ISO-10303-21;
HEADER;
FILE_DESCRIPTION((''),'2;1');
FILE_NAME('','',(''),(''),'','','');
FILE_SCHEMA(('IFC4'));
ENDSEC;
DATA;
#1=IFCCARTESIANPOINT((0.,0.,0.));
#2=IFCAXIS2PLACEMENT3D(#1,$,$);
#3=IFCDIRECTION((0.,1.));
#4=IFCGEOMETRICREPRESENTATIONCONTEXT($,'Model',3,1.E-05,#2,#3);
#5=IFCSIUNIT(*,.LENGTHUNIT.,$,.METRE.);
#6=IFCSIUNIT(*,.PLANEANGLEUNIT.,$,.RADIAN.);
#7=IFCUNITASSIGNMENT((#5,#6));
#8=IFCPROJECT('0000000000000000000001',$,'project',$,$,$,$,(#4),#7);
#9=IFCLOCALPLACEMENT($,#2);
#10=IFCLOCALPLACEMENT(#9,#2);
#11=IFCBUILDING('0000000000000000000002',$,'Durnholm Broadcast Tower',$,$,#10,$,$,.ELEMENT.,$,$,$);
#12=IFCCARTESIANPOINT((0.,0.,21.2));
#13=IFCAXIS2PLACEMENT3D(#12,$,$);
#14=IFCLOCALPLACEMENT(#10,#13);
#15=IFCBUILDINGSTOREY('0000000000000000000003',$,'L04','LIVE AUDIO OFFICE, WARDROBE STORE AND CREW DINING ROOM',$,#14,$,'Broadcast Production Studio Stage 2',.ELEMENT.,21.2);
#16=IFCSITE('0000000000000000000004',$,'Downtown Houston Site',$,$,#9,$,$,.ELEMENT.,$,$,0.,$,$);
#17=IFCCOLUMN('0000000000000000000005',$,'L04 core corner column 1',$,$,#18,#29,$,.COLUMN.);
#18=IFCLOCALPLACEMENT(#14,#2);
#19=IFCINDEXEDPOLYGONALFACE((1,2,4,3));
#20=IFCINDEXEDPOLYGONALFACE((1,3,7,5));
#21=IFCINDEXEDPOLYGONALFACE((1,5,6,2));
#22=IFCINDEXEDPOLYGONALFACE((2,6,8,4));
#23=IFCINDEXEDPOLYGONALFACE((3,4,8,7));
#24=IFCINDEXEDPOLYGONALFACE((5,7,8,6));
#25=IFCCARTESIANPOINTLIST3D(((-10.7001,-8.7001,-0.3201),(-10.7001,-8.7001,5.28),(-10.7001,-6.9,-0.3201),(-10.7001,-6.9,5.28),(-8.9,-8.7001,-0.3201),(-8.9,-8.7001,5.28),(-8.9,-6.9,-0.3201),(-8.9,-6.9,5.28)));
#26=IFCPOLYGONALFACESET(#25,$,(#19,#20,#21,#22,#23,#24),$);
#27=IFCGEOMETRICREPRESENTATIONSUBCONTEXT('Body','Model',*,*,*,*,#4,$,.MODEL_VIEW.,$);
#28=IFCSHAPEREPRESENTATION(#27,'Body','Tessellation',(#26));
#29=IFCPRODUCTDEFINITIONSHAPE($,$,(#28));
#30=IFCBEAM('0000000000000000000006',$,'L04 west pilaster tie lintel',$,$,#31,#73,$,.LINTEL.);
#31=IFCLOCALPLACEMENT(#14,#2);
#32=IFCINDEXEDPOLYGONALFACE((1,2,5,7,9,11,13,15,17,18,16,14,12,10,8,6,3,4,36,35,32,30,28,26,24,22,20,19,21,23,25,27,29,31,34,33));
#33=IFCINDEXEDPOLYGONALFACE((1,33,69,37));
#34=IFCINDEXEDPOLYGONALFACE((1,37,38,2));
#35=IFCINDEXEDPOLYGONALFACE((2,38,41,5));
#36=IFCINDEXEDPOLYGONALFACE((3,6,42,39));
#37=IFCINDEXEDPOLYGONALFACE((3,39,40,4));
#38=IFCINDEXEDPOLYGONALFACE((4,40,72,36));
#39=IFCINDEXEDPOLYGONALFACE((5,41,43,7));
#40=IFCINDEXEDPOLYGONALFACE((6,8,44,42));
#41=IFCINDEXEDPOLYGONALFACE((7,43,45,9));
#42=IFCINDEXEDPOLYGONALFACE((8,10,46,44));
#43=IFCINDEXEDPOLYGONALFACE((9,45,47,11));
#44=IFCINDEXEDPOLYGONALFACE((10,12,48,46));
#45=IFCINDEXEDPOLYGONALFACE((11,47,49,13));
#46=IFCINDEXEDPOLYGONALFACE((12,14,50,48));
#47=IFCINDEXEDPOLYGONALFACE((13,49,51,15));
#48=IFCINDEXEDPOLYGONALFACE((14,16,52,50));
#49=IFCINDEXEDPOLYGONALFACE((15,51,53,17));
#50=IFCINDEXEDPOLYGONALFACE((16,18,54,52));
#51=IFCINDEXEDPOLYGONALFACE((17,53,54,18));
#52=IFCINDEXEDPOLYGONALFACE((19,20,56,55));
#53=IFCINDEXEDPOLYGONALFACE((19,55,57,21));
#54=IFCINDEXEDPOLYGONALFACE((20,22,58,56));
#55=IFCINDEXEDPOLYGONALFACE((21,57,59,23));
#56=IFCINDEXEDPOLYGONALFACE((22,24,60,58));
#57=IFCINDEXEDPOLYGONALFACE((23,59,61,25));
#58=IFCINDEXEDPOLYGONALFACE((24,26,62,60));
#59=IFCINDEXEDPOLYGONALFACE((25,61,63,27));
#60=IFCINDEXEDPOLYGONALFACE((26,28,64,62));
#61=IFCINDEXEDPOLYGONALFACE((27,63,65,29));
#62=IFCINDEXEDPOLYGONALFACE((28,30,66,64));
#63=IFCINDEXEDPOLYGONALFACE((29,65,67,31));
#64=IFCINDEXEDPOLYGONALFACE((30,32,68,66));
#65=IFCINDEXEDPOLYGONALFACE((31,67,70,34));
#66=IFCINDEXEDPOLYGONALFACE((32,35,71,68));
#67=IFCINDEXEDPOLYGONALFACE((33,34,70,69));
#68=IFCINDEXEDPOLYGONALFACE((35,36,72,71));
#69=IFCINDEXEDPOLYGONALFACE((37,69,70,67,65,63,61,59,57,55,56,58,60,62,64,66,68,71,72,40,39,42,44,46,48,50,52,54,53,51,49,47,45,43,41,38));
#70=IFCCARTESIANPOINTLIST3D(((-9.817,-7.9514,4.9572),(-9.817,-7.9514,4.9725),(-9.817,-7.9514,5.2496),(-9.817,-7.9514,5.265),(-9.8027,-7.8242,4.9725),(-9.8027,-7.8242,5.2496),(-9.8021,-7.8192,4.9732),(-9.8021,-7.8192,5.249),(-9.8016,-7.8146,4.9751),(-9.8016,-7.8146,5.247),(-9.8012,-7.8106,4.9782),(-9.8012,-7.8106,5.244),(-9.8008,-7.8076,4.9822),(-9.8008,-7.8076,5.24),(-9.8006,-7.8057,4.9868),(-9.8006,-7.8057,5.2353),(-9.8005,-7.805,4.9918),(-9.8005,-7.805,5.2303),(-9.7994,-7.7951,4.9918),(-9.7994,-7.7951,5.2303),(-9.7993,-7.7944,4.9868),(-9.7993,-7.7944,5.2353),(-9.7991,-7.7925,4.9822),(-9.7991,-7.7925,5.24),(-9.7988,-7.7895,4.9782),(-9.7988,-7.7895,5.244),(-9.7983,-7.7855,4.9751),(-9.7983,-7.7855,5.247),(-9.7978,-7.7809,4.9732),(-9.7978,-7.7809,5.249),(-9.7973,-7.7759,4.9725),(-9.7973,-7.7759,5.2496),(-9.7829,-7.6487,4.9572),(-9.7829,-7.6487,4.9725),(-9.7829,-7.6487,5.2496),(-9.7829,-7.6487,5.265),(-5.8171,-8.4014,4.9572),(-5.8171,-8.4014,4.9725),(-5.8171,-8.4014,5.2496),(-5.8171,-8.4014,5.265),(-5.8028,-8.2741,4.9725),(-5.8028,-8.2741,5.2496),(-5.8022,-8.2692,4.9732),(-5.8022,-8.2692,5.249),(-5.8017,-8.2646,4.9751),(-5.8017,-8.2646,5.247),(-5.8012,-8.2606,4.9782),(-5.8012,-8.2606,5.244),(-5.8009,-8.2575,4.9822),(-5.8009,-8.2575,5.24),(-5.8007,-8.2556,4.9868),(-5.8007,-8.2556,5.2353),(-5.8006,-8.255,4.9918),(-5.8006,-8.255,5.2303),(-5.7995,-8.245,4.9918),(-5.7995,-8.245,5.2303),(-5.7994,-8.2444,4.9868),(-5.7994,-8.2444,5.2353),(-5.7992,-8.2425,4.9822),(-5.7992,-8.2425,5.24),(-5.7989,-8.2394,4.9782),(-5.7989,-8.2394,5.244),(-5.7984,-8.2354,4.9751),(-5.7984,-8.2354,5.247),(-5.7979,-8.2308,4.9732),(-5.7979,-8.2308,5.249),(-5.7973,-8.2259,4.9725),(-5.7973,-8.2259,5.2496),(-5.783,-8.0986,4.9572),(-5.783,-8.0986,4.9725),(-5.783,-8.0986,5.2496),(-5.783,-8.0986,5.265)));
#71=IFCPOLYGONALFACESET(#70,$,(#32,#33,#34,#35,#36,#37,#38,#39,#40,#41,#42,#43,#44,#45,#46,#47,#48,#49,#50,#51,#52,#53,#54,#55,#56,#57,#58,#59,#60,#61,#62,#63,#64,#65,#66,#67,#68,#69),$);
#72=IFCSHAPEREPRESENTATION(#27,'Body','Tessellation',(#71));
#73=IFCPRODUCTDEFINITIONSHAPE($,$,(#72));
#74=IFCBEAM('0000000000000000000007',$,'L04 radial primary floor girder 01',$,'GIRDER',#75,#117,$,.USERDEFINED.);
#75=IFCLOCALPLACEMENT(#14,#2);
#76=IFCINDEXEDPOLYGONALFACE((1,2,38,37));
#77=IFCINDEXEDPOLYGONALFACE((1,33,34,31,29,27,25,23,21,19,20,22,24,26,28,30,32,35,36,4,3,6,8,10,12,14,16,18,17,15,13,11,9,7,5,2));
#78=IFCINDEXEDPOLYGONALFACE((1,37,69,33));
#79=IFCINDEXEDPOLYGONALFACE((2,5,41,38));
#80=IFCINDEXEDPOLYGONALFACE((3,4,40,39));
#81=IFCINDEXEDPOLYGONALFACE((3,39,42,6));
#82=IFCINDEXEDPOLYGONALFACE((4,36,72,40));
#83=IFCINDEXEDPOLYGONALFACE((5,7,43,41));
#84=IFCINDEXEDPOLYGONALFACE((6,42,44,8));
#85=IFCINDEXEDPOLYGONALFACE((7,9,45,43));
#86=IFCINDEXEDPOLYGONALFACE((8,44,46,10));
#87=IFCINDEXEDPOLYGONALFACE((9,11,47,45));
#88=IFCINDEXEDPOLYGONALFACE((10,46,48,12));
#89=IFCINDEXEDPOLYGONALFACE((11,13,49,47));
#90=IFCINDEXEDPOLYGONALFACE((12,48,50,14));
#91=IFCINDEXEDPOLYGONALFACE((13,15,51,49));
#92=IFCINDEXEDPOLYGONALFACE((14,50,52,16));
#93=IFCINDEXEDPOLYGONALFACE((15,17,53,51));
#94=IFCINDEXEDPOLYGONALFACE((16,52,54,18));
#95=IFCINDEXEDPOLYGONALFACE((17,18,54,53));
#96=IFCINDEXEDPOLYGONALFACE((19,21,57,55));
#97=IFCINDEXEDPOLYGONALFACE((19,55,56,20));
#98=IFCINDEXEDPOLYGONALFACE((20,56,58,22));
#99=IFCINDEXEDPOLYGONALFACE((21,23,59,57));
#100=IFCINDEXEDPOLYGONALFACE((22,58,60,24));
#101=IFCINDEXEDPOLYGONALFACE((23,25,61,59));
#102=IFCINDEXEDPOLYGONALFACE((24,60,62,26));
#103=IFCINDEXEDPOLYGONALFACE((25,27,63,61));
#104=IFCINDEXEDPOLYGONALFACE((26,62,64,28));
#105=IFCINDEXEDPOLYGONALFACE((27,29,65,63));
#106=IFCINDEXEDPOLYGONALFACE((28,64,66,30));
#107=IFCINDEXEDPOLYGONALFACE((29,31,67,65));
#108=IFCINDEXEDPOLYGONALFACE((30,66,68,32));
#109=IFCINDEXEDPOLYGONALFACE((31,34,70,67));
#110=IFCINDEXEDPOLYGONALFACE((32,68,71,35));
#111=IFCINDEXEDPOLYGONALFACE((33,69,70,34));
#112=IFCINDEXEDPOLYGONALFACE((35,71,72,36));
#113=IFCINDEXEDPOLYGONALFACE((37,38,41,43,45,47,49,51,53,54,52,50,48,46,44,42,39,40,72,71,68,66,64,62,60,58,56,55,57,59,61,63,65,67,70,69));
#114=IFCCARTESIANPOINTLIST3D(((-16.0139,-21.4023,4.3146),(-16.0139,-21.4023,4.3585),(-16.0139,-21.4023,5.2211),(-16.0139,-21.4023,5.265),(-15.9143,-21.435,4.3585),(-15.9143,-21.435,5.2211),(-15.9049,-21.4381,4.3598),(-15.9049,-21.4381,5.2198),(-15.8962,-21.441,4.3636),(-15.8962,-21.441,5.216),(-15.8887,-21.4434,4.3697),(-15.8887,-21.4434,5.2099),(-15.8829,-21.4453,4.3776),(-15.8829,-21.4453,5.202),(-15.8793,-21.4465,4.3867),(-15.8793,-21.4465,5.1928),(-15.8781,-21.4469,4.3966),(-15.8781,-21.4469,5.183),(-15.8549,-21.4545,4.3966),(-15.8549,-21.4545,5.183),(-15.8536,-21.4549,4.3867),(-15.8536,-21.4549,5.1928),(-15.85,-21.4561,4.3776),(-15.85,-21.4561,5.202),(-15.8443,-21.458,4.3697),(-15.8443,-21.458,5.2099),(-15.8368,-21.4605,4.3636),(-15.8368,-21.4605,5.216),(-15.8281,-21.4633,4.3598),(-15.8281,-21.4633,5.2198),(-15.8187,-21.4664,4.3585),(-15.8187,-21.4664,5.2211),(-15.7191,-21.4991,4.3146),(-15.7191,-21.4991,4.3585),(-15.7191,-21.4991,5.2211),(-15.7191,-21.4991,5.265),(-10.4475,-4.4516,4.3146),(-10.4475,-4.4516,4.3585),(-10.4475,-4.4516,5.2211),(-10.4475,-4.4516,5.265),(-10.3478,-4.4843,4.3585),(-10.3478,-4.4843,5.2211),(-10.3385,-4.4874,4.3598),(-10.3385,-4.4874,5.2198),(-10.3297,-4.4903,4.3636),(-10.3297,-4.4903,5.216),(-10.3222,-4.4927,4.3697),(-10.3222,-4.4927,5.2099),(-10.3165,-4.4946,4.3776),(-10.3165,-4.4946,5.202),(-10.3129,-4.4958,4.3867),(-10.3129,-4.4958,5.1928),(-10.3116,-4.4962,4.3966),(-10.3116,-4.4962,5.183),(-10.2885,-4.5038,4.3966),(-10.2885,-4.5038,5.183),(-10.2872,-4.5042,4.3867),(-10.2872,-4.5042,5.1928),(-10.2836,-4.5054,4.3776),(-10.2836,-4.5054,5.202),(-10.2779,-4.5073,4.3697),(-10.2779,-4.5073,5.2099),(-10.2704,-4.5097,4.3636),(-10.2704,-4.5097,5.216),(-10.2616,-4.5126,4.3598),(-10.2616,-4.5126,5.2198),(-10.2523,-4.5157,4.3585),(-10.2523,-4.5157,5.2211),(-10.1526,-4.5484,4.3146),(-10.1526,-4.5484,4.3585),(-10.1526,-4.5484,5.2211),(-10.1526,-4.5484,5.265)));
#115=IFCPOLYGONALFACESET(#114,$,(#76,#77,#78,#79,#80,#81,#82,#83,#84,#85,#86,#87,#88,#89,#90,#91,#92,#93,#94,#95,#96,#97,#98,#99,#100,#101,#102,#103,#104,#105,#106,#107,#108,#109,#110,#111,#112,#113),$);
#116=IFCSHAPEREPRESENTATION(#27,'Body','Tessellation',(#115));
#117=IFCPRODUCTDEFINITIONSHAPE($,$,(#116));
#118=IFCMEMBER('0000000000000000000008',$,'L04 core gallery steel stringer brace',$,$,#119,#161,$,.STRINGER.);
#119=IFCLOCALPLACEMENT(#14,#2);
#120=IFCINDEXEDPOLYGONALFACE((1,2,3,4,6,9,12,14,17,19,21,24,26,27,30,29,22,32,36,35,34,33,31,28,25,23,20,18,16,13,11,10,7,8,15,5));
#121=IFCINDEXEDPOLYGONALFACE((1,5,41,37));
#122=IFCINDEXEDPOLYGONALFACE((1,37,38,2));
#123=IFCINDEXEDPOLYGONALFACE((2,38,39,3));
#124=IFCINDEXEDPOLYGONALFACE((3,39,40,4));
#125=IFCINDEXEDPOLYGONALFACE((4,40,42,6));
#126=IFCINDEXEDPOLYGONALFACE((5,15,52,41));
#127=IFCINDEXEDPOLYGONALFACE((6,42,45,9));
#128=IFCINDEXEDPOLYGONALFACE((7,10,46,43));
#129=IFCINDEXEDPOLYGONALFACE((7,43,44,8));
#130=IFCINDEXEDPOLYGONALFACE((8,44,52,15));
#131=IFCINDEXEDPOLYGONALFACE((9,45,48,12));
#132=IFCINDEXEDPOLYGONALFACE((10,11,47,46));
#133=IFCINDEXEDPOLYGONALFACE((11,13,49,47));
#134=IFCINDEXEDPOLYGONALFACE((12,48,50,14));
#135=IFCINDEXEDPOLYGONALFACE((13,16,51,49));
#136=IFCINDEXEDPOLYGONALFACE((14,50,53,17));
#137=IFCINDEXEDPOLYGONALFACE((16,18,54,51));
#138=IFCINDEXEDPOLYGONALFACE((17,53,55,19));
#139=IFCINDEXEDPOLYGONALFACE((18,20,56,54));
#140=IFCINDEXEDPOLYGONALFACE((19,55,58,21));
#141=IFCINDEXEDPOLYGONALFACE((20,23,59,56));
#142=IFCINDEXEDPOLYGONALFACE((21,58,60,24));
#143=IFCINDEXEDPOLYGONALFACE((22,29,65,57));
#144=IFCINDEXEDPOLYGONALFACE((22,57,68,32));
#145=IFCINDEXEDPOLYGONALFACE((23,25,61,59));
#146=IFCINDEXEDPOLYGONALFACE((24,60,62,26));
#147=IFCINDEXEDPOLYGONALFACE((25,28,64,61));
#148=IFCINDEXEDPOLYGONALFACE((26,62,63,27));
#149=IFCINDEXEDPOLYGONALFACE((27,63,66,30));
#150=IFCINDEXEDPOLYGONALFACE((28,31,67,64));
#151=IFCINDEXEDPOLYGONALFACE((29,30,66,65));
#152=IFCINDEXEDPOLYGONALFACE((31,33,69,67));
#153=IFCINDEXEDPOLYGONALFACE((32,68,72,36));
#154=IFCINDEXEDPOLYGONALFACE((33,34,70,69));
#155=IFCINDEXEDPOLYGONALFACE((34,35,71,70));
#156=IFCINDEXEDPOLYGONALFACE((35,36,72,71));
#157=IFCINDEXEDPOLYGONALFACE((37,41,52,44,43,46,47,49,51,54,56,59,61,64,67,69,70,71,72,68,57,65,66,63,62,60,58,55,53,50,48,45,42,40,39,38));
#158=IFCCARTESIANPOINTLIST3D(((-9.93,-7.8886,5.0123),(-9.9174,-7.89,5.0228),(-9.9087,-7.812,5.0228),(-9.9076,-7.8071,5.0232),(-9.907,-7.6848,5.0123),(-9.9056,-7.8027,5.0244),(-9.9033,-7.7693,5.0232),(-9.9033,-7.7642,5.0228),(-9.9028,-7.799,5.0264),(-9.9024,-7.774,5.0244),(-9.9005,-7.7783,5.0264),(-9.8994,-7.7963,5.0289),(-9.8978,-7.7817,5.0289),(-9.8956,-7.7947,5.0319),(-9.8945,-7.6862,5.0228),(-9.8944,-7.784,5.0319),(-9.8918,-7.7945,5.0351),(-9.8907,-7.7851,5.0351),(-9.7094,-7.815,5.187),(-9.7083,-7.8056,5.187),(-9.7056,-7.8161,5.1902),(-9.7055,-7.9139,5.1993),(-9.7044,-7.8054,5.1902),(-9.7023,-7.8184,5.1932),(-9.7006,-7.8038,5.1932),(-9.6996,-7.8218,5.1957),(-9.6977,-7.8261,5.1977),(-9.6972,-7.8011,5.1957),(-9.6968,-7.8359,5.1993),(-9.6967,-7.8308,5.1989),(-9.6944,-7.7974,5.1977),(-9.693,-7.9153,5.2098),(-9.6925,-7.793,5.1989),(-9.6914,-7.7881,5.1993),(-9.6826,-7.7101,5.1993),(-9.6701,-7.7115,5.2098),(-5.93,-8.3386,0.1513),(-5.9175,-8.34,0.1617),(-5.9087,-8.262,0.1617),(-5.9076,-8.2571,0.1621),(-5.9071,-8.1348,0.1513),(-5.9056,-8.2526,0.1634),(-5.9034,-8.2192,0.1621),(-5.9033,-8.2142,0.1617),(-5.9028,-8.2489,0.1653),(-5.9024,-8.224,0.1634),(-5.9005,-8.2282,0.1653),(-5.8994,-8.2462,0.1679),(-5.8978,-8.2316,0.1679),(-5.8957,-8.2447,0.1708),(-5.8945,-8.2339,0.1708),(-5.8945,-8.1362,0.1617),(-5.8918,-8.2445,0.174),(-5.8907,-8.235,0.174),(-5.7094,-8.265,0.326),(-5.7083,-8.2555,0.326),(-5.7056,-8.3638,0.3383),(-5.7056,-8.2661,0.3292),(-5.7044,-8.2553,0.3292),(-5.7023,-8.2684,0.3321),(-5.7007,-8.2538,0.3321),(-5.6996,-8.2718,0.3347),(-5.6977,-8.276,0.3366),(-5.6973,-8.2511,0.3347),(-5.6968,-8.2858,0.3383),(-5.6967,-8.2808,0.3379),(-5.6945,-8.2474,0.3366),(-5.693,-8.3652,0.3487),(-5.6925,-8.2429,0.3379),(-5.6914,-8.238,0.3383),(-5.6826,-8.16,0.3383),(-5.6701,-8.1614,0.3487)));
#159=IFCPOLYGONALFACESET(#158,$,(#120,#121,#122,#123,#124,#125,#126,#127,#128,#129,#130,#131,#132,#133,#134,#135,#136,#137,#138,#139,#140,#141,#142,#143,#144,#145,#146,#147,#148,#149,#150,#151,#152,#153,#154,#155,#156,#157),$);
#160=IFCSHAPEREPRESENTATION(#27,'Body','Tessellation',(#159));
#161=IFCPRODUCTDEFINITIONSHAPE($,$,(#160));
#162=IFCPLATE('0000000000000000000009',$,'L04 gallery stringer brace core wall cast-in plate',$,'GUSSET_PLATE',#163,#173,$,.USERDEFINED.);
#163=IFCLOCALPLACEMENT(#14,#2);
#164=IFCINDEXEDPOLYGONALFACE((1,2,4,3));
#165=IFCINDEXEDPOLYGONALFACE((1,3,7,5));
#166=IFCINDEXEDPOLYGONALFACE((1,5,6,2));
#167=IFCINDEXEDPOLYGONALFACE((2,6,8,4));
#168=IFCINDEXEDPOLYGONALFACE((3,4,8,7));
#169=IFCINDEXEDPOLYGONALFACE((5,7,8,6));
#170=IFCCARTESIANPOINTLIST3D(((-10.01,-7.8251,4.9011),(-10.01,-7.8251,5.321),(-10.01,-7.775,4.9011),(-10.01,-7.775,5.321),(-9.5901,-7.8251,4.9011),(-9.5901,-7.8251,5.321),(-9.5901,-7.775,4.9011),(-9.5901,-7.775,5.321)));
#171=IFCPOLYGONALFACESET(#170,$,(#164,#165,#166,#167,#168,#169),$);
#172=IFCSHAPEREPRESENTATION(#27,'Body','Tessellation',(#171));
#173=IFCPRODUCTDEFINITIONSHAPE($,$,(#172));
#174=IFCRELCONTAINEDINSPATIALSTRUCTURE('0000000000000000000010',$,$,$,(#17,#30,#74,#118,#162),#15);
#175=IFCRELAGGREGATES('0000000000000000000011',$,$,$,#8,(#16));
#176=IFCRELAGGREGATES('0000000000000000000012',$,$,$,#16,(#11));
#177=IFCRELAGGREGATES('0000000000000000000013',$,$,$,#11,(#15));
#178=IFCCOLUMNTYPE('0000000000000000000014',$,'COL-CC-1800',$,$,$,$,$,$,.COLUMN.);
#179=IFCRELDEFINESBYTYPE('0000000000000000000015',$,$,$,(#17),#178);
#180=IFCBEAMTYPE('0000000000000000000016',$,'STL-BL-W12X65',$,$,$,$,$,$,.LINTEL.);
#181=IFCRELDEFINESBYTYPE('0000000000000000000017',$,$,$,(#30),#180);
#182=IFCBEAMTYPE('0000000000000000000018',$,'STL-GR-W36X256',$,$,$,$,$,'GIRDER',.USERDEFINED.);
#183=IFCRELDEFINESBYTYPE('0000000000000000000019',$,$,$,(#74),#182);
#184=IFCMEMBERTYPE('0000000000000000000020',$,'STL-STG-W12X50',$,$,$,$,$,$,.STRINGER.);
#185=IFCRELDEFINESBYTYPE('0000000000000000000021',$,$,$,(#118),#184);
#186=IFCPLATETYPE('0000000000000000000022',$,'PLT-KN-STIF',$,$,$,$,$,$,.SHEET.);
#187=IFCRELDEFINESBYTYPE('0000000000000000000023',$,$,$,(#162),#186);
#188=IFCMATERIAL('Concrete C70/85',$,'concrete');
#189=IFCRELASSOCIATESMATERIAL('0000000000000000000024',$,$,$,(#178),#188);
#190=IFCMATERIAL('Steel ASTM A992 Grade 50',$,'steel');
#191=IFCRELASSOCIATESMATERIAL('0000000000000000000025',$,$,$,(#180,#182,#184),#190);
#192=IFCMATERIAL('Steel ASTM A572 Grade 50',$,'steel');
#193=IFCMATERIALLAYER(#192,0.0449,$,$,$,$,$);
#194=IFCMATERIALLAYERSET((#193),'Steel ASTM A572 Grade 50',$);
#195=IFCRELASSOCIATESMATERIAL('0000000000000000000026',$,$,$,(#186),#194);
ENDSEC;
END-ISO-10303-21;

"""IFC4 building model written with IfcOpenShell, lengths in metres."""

from ifc_helpers import new_model, si_unit, direction, frame, origin, origin_2d, place, context, subcontext, project, spatial, rectangle, i_section, extrude, source, transform, mapped, material, layer, layer_set, material_profile, profile_set, type_object, type_shapes, element, save


model = new_model("IFC4")

# Units and contexts
model_context = context("Model", 3, precision=1e-05, world=origin(), true_north=direction((0.0, 1.0)))
body_context = subcontext(model_context, "Body", "Model", "MODEL_VIEW")
ifc_project = project(units=[si_unit("LENGTHUNIT", "METRE"), si_unit("PLANEANGLEUNIT", "RADIAN")], contexts=[model_context])

# Site, building, storey
site_placement = place(None, origin())
site = spatial("IfcSite", under=ifc_project, at=site_placement, Name="Downtown Houston Site", CompositionType="ELEMENT", RefElevation=0.0)
building_placement = place(site_placement, origin())
building = spatial("IfcBuilding", under=site, at=building_placement, Name="Durnholm Broadcast Tower", CompositionType="ELEMENT")
storey_placement = place(building_placement, frame((0.0, 0.0, 21.2)))
storey = spatial("IfcBuildingStorey", under=building, at=storey_placement, Name="L04", Description="LIVE AUDIO OFFICE, WARDROBE STORE AND CREW DINING ROOM", LongName="Broadcast Production Studio Stage 2", CompositionType="ELEMENT", Elevation=21.2)

# Column
ifc_material_1 = material(Name="Concrete C70/85", Category="concrete")
ifc_material_profile_1 = material_profile(ifc_material_1, rectangle(XDim=1.8, YDim=1.8, at=origin_2d()), Name="RC1800X1800")
ifc_profile_set_1 = profile_set([ifc_material_profile_1], Name="Concrete C70/85")
column_type = type_object("IfcColumnType", Name="COL-CC-1800", PredefinedType="COLUMN", material=ifc_profile_set_1)
shared_shape_1 = source(origin(), body_context, "Body", "SweptSolid", [
    extrude(rectangle(XDim=1.8, YDim=1.8, at=origin_2d()), origin(), (0.0, 0.0, 1.0), 5.6001),
])
type_shapes(column_type, [shared_shape_1])
column_placement = place(storey_placement, frame((-9.8, -7.8, -0.3201), z_axis=(0.0, 0.0, 1.0), x_axis=(1.0, 0.0, 0.0)))
element("IfcColumn", 1, at=column_placement, inside=storey, type_object=column_type, Name="L04 core corner column 1", PredefinedType="COLUMN", context=body_context, shape_type="MappedRepresentation", body=[
    mapped(shared_shape_1, transform((0.0, 0.0, 0.0), x_axis=(1.0, 0.0, 0.0), y_axis=(0.0, 1.0, 0.0), z_axis=(0.0, 0.0, 1.0), scale=1.0)),
])

# Beams
ifc_material_2 = material(Name="Steel ASTM A992 Grade 50", Category="steel")
ifc_material_profile_2 = material_profile(ifc_material_2, i_section(OverallWidth=0.3047, OverallDepth=0.3079, WebThickness=0.01, FlangeThickness=0.0154, FilletRadius=0.0193, at=origin_2d()), Name="W12X65")
ifc_profile_set_2 = profile_set([ifc_material_profile_2], Name="Steel ASTM A992 Grade 50")
beam_type_1 = type_object("IfcBeamType", Name="STL-BL-W12X65", PredefinedType="LINTEL", material=ifc_profile_set_2)
shared_shape_2 = source(origin(), body_context, "Body", "SweptSolid", [
    extrude(i_section(OverallWidth=0.3047, OverallDepth=0.3079, WebThickness=0.01, FlangeThickness=0.0154, FilletRadius=0.0193, at=origin_2d()), origin(), (0.0, 0.0, 1.0), 4.0251),
])
type_shapes(beam_type_1, [shared_shape_2])
beam_1_placement = place(storey_placement, frame((-5.8, -8.25, 5.1111), z_axis=(-0.993733, 0.111783, 0.0), x_axis=(-0.111783, -0.993733, 0.0)))
element("IfcBeam", 2, at=beam_1_placement, inside=storey, type_object=beam_type_1, Name="L04 west pilaster tie lintel", PredefinedType="LINTEL", context=body_context, shape_type="MappedRepresentation", body=[
    mapped(shared_shape_2, transform((0.0, 0.0, 0.0), x_axis=(1.0, 0.0, 0.0), y_axis=(0.0, 1.0, 0.0), z_axis=(0.0, 0.0, 1.0), scale=1.0)),
])
ifc_material_profile_3 = material_profile(ifc_material_2, i_section(OverallWidth=0.3103, OverallDepth=0.9504, WebThickness=0.0244, FlangeThickness=0.0439, FilletRadius=0.0381, at=origin_2d()), Name="W36X256")
ifc_profile_set_3 = profile_set([ifc_material_profile_3], Name="Steel ASTM A992 Grade 50")
beam_type_2 = type_object("IfcBeamType", Name="STL-GR-W36X256", ElementType="GIRDER", PredefinedType="USERDEFINED", material=ifc_profile_set_3)
shared_shape_3 = source(origin(), body_context, "Body", "SweptSolid", [
    extrude(i_section(OverallWidth=0.3103, OverallDepth=0.9504, WebThickness=0.0244, FlangeThickness=0.0439, FilletRadius=0.0381, at=origin_2d()), origin(), (0.0, 0.0, 1.0), 17.8413),
])
type_shapes(beam_type_2, [shared_shape_3])
beam_2_placement = place(storey_placement, frame((-10.3, -4.5, 4.7898), z_axis=(-0.311996, -0.950083, 0.0), x_axis=(0.950083, -0.311996, 0.0)))
element("IfcBeam", 3, at=beam_2_placement, inside=storey, type_object=beam_type_2, Name="L04 radial primary floor girder 01", ObjectType="GIRDER", PredefinedType="USERDEFINED", context=body_context, shape_type="MappedRepresentation", body=[
    mapped(shared_shape_3, transform((0.0, 0.0, 0.0), x_axis=(1.0, 0.0, 0.0), y_axis=(0.0, 1.0, 0.0), z_axis=(0.0, 0.0, 1.0), scale=1.0)),
])

# Member
ifc_material_profile_4 = material_profile(ifc_material_2, i_section(OverallWidth=0.2051, OverallDepth=0.3096, WebThickness=0.0095, FlangeThickness=0.0164, FilletRadius=0.0193, at=origin_2d()), Name="W12X50")
ifc_profile_set_4 = profile_set([ifc_material_profile_4], Name="Steel ASTM A992 Grade 50")
member_type = type_object("IfcMemberType", Name="STL-STG-W12X50", PredefinedType="STRINGER", material=ifc_profile_set_4)
shared_shape_4 = source(origin(), body_context, "Body", "SweptSolid", [
    extrude(i_section(OverallWidth=0.2051, OverallDepth=0.3096, WebThickness=0.0095, FlangeThickness=0.0164, FilletRadius=0.0193, at=origin_2d()), origin(), (0.0, 0.0, 1.0), 6.3113),
])
type_shapes(member_type, [shared_shape_4])
member_placement = place(storey_placement, frame((-5.8, -8.25, 0.25), z_axis=(-0.633783, 0.071293, 0.770218), x_axis=(-0.111783, -0.993733, 0.0)))
element("IfcMember", 4, at=member_placement, inside=storey, type_object=member_type, Name="L04 core gallery steel stringer brace", PredefinedType="STRINGER", context=body_context, shape_type="MappedRepresentation", body=[
    mapped(shared_shape_4, transform((0.0, 0.0, 0.0), x_axis=(1.0, 0.0, 0.0), y_axis=(0.0, 1.0, 0.0), z_axis=(0.0, 0.0, 1.0), scale=1.0)),
])

# Plate
ifc_material_3 = material(Name="Steel ASTM A572 Grade 50", Category="steel")
ifc_layer_1 = layer(ifc_material_3, 0.0449)
ifc_layer_set_1 = layer_set([ifc_layer_1], Name="Steel ASTM A572 Grade 50")
plate_type = type_object("IfcPlateType", Name="PLT-KN-STIF", PredefinedType="SHEET", material=ifc_layer_set_1)
shared_shape_5 = source(origin(), body_context, "Body", "SweptSolid", [
    extrude(rectangle(XDim=0.4199, YDim=0.05, at=origin_2d()), origin(), (0.0, 0.0, 1.0), 0.4199),
])
type_shapes(plate_type, [shared_shape_5])
plate_placement = place(storey_placement, frame((-9.8, -7.8, 4.9011), z_axis=(0.0, 0.0, 1.0), x_axis=(1.0, 0.0, 0.0)))
element("IfcPlate", 5, at=plate_placement, inside=storey, type_object=plate_type, Name="L04 gallery stringer brace core wall cast-in plate", ObjectType="GUSSET_PLATE", PredefinedType="USERDEFINED", context=body_context, shape_type="MappedRepresentation", body=[
    mapped(shared_shape_5, transform((0.0, 0.0, 0.0), x_axis=(1.0, 0.0, 0.0), y_axis=(0.0, 1.0, 0.0), z_axis=(0.0, 0.0, 1.0), scale=1.0)),
])

save(model, "model.ifc")
